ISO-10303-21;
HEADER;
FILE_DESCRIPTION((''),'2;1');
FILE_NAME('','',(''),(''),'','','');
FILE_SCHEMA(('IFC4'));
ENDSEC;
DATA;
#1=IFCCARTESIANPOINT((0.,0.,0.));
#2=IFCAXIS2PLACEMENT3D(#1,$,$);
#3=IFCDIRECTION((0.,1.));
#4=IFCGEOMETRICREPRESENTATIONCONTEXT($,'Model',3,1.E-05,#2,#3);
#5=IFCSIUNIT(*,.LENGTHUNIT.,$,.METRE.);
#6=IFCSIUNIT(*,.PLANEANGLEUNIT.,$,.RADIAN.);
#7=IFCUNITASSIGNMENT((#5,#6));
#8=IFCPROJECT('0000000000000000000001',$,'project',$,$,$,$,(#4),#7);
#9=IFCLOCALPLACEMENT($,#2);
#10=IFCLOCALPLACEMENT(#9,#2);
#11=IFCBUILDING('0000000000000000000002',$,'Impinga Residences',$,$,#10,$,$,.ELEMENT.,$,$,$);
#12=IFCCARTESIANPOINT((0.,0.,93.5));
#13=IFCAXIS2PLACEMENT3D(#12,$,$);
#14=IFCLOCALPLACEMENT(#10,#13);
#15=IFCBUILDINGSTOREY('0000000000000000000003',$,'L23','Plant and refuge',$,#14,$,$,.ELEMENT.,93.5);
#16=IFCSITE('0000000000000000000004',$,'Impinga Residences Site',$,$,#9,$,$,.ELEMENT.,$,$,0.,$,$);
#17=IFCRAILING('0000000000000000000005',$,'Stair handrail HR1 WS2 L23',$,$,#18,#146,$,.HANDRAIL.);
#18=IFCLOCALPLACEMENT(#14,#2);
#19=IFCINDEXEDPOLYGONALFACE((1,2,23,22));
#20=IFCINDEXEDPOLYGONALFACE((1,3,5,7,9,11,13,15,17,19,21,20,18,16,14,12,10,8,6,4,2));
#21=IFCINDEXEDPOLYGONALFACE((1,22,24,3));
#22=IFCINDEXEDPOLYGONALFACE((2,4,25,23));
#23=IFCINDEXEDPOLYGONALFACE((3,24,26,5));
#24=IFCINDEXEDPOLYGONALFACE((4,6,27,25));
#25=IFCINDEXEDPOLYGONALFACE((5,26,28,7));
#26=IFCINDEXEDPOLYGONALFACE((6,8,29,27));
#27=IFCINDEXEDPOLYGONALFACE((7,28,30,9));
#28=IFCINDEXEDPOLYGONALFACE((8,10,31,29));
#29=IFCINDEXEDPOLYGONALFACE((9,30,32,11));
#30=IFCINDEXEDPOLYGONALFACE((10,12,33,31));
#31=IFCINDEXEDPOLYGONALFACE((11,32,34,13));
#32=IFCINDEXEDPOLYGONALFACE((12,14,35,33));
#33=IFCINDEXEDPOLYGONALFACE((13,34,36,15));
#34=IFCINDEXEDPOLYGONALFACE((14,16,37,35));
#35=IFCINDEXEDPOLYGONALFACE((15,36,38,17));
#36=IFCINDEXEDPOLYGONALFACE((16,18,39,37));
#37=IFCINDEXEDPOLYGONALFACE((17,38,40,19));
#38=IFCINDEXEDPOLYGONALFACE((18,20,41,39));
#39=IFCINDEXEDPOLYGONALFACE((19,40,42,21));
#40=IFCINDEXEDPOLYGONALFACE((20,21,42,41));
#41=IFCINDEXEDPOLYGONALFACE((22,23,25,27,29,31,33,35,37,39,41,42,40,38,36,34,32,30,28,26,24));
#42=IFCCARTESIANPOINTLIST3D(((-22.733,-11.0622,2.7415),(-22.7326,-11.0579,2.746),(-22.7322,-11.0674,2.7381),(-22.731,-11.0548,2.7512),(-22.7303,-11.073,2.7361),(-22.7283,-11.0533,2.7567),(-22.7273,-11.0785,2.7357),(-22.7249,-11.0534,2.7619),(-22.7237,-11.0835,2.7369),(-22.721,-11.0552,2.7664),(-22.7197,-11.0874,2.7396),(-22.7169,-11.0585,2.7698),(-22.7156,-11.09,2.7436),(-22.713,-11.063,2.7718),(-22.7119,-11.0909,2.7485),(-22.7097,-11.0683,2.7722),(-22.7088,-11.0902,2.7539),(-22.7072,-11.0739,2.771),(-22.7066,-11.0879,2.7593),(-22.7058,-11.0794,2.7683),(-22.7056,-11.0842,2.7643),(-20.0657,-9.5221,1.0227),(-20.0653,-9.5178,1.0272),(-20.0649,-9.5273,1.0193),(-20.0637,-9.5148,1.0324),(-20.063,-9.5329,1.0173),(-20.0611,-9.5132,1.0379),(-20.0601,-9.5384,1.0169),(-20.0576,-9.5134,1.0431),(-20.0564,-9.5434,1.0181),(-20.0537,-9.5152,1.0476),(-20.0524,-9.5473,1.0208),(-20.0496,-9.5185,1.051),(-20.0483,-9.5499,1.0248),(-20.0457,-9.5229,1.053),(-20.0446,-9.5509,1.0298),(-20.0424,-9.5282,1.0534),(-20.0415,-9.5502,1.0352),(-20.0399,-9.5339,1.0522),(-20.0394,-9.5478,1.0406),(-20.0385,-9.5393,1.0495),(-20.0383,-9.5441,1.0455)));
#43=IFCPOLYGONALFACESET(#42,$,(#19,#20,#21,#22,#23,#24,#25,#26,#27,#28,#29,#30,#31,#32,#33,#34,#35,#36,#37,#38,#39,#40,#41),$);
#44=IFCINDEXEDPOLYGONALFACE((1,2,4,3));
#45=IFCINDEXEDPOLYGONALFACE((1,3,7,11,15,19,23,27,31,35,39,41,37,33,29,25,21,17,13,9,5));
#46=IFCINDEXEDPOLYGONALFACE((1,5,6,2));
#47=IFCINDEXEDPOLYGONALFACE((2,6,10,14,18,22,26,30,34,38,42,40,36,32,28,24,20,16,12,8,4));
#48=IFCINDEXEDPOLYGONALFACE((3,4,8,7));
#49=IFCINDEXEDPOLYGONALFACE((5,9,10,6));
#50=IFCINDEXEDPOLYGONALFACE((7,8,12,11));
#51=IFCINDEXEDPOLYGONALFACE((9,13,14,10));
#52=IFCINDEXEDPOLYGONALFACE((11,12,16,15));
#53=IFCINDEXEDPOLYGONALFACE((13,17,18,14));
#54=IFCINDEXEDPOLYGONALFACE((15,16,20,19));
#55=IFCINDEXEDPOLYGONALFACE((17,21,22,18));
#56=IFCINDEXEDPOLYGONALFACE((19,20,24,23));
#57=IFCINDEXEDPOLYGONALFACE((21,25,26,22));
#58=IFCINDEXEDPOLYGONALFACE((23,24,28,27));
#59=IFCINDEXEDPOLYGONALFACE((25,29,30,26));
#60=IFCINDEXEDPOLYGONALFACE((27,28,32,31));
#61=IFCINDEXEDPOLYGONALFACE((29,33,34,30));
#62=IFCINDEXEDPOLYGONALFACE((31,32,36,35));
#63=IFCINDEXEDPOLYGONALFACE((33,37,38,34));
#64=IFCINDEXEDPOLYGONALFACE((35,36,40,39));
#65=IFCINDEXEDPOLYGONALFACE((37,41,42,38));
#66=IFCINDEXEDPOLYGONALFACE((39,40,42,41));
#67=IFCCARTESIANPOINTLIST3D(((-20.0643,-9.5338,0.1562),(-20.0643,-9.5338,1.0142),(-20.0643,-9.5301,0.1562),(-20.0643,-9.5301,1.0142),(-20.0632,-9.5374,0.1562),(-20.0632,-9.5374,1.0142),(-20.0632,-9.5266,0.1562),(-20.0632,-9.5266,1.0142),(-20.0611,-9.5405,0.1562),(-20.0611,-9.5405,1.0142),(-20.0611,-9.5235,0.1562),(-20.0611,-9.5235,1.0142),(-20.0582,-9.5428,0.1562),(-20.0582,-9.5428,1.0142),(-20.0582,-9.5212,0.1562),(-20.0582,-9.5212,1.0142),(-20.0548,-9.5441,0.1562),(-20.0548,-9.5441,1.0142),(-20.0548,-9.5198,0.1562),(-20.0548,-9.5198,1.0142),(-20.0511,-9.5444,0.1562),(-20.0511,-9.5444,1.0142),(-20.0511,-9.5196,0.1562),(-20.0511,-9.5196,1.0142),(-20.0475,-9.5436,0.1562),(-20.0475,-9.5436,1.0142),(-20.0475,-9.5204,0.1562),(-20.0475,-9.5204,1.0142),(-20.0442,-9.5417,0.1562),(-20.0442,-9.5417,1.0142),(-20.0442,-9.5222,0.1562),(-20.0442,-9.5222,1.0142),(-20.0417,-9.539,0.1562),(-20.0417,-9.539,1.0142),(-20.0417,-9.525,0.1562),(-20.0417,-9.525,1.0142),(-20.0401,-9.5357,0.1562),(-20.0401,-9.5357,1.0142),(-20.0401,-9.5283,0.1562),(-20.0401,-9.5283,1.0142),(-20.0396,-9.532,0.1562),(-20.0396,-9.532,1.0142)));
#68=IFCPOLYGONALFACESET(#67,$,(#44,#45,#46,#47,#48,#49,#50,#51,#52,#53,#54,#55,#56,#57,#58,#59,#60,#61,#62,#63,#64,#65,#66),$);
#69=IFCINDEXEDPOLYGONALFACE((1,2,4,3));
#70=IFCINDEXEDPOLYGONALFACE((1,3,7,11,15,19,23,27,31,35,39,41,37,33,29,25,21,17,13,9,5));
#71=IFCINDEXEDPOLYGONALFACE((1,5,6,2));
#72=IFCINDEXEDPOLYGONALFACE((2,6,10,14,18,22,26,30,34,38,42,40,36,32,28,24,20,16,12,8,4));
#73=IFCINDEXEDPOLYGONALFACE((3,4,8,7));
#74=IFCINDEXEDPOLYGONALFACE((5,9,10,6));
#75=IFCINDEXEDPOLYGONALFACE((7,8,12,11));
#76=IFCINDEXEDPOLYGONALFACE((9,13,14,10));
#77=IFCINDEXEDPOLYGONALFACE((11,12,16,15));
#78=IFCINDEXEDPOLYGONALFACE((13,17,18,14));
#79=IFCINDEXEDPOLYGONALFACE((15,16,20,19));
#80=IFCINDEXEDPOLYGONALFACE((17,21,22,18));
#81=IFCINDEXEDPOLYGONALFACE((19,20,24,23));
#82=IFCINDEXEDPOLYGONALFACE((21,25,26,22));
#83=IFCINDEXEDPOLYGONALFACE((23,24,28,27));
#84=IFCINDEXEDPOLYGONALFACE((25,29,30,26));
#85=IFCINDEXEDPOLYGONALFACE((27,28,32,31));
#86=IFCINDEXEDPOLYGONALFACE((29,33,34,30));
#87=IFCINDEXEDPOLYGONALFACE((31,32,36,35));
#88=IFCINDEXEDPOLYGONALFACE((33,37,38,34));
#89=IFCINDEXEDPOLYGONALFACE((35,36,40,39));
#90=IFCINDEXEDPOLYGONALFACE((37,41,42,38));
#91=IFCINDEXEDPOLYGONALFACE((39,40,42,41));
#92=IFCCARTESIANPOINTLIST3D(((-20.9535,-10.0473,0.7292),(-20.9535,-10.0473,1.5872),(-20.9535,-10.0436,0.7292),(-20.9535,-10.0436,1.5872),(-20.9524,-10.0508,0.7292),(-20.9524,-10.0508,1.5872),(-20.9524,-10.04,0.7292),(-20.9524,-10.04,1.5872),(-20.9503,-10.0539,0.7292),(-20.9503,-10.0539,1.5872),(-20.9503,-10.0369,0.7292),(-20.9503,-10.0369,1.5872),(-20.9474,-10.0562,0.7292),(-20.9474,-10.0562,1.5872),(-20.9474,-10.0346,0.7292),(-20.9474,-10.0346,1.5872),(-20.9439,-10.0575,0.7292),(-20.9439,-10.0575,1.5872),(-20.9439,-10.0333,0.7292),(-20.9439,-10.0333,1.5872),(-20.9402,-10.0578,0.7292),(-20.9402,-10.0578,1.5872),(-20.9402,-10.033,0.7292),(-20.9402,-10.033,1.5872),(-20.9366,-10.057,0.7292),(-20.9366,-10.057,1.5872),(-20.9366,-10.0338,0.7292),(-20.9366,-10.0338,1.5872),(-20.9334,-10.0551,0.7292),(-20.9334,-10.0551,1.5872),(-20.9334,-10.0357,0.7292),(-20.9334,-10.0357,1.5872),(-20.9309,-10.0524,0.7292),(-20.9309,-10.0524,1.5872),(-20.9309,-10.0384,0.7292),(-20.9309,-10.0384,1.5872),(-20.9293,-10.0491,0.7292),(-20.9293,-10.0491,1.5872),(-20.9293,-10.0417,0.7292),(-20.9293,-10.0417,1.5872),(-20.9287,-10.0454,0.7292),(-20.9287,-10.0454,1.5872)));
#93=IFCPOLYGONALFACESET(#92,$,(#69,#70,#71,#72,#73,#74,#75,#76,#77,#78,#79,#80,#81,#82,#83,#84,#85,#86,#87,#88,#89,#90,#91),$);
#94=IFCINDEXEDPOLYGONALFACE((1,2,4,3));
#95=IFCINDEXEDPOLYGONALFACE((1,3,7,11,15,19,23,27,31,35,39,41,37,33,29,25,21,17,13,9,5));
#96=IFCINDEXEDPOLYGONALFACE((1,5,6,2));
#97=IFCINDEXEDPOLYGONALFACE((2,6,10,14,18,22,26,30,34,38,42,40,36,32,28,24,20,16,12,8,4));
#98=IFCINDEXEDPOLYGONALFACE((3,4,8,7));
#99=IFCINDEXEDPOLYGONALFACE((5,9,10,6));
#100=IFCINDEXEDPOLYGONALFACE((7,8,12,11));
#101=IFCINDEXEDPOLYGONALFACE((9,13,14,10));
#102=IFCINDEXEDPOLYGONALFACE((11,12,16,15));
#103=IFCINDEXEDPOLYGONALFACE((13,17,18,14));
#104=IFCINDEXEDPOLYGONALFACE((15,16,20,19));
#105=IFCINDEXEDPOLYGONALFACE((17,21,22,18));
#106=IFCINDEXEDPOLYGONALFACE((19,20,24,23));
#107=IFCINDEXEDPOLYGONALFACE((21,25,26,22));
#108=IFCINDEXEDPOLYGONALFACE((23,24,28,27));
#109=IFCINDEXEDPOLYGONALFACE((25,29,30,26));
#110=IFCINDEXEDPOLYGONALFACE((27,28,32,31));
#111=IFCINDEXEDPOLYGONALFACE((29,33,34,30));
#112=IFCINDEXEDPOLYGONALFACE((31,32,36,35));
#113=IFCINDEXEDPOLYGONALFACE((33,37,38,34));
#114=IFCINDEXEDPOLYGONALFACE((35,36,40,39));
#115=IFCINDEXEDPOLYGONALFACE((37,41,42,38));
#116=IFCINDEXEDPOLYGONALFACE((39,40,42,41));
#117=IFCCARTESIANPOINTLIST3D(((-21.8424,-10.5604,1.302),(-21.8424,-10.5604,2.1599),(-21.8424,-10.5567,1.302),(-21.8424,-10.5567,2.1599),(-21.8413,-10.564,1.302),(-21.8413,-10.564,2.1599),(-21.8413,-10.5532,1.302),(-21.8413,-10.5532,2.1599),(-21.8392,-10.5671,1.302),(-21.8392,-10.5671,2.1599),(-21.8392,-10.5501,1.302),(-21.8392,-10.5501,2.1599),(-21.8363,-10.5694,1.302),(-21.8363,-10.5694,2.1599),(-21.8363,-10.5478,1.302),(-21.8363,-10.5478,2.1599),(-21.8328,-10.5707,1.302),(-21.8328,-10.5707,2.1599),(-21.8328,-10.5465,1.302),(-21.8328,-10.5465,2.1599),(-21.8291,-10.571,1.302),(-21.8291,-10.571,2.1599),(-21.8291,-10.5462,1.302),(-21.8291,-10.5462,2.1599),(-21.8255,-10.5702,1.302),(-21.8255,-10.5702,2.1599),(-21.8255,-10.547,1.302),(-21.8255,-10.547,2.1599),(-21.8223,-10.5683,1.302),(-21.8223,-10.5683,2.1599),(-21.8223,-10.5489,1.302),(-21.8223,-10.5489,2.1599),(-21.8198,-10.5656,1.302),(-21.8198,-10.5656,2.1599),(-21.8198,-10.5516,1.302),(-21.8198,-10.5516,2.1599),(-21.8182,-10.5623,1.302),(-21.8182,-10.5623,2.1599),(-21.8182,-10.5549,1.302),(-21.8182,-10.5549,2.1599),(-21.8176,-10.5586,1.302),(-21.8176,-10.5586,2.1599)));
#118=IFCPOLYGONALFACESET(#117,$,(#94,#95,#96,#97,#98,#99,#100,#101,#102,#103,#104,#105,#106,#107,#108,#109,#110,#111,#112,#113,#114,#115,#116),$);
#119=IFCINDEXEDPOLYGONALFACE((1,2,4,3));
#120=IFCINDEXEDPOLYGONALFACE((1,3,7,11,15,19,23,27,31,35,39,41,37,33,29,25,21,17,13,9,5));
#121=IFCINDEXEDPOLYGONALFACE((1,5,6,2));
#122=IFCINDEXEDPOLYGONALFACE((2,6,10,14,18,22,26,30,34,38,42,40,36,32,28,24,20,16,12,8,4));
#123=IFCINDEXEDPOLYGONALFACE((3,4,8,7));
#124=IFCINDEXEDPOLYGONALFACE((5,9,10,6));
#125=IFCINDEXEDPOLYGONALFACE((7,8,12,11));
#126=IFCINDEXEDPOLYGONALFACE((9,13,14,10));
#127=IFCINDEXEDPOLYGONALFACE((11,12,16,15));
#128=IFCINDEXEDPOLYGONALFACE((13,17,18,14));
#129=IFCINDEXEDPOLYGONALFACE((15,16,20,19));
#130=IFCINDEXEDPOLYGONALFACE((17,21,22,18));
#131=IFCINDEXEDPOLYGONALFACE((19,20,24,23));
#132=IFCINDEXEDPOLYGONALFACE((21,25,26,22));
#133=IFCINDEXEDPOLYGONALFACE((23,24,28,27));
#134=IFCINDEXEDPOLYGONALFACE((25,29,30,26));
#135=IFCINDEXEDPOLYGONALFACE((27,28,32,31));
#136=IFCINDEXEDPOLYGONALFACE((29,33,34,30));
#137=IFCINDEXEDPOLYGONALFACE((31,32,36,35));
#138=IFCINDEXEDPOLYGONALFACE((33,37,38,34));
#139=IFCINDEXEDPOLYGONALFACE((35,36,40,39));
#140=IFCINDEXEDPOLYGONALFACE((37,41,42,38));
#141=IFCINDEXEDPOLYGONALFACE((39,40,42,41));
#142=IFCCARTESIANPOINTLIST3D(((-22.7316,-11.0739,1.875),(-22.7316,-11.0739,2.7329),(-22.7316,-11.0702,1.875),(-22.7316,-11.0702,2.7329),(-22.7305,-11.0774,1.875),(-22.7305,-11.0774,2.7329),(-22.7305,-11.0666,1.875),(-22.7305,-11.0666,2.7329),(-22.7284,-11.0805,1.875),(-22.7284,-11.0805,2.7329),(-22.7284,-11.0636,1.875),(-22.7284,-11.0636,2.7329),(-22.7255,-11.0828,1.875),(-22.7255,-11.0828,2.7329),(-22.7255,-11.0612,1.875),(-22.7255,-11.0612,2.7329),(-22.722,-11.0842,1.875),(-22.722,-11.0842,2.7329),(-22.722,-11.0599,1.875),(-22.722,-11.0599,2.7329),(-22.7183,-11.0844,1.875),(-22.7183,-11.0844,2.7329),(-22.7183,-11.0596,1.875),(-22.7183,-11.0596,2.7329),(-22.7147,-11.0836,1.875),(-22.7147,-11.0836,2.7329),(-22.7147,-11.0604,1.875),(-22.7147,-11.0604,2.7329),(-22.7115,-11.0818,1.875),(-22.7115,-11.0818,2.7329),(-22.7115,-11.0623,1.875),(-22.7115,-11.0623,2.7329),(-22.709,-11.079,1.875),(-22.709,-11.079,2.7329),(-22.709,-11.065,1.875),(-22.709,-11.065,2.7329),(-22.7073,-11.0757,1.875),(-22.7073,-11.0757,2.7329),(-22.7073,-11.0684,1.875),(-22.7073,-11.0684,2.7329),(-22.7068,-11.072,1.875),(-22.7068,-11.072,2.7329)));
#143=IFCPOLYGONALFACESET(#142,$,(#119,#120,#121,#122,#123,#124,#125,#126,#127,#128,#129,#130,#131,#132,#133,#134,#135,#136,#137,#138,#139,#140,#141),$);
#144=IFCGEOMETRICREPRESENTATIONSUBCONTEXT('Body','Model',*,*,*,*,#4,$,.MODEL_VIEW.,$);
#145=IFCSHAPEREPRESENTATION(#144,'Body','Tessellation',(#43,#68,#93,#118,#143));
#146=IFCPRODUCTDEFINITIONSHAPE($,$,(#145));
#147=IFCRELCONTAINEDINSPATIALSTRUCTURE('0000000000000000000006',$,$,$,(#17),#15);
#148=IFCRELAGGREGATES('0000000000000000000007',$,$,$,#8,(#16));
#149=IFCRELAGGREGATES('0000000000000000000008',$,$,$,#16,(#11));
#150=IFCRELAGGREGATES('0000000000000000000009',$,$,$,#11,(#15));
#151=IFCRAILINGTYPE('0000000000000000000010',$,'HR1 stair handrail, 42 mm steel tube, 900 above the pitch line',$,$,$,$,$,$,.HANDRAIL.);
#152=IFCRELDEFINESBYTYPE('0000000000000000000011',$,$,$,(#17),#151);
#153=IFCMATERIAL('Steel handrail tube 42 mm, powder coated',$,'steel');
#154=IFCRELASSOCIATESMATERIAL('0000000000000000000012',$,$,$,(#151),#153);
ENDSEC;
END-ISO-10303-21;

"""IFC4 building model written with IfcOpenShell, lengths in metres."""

from ifc_helpers import new_model, si_unit, direction, frame, origin, origin_2d, place, context, subcontext, project, spatial, circle, extrude, material, type_object, element, save


model = new_model("IFC4")

# Units and contexts
model_context = context("Model", 3, precision=1e-05, world=origin(), true_north=direction((0.0, 1.0)))
body_context = subcontext(model_context, "Body", "Model", "MODEL_VIEW")
ifc_project = project(units=[si_unit("LENGTHUNIT", "METRE"), si_unit("PLANEANGLEUNIT", "RADIAN")], contexts=[model_context])

# Site, building, storey
site_placement = place(None, origin())
site = spatial("IfcSite", under=ifc_project, at=site_placement, Name="Impinga Residences Site", CompositionType="ELEMENT", RefElevation=0.0)
building_placement = place(site_placement, origin())
building = spatial("IfcBuilding", under=site, at=building_placement, Name="Impinga Residences", CompositionType="ELEMENT")
storey_placement = place(building_placement, frame((0.0, 0.0, 93.5)))
storey = spatial("IfcBuildingStorey", under=building, at=storey_placement, Name="L23", Description="Plant and refuge", CompositionType="ELEMENT", Elevation=93.5)

# Railing
ifc_material_1 = material(Name="Steel handrail tube 42 mm, powder coated", Category="steel")
railing_type_1 = type_object("IfcRailingType", Name="HR1 stair handrail, 42 mm steel tube, 900 above the pitch line", PredefinedType="HANDRAIL", material=ifc_material_1)
railing_1_placement = place(storey_placement, frame((-20.052, -9.532, 0.1562)))
element("IfcRailing", 1, at=railing_1_placement, inside=storey, type_object=railing_type_1, Name="Stair handrail HR1 WS2 L23", PredefinedType="HANDRAIL", context=body_context, shape_type="SweptSolid", body=[
    extrude(circle(Radius=0.021, at=origin_2d()), frame((0.0, 0.0, 0.8789), z_axis=(-0.756226, -0.436639, 0.487307), x_axis=(0.500027, -0.86601, 0.0)), (0.0, 0.0, 1.0), 3.5271),
    extrude(circle(Radius=0.0125, at=origin_2d()), origin(), (0.0, 0.0, 1.0), 0.8579),
    extrude(circle(Radius=0.0125, at=origin_2d()), frame((-0.8892, -0.5134, 0.573)), (0.0, 0.0, 1.0), 0.8579),
    extrude(circle(Radius=0.0125, at=origin_2d()), frame((-1.7781, -1.0266, 1.1458)), (0.0, 0.0, 1.0), 0.8579),
    extrude(circle(Radius=0.0125, at=origin_2d()), frame((-2.6672, -1.54, 1.7188)), (0.0, 0.0, 1.0), 0.8579),
])

save(model, "model.ifc")
